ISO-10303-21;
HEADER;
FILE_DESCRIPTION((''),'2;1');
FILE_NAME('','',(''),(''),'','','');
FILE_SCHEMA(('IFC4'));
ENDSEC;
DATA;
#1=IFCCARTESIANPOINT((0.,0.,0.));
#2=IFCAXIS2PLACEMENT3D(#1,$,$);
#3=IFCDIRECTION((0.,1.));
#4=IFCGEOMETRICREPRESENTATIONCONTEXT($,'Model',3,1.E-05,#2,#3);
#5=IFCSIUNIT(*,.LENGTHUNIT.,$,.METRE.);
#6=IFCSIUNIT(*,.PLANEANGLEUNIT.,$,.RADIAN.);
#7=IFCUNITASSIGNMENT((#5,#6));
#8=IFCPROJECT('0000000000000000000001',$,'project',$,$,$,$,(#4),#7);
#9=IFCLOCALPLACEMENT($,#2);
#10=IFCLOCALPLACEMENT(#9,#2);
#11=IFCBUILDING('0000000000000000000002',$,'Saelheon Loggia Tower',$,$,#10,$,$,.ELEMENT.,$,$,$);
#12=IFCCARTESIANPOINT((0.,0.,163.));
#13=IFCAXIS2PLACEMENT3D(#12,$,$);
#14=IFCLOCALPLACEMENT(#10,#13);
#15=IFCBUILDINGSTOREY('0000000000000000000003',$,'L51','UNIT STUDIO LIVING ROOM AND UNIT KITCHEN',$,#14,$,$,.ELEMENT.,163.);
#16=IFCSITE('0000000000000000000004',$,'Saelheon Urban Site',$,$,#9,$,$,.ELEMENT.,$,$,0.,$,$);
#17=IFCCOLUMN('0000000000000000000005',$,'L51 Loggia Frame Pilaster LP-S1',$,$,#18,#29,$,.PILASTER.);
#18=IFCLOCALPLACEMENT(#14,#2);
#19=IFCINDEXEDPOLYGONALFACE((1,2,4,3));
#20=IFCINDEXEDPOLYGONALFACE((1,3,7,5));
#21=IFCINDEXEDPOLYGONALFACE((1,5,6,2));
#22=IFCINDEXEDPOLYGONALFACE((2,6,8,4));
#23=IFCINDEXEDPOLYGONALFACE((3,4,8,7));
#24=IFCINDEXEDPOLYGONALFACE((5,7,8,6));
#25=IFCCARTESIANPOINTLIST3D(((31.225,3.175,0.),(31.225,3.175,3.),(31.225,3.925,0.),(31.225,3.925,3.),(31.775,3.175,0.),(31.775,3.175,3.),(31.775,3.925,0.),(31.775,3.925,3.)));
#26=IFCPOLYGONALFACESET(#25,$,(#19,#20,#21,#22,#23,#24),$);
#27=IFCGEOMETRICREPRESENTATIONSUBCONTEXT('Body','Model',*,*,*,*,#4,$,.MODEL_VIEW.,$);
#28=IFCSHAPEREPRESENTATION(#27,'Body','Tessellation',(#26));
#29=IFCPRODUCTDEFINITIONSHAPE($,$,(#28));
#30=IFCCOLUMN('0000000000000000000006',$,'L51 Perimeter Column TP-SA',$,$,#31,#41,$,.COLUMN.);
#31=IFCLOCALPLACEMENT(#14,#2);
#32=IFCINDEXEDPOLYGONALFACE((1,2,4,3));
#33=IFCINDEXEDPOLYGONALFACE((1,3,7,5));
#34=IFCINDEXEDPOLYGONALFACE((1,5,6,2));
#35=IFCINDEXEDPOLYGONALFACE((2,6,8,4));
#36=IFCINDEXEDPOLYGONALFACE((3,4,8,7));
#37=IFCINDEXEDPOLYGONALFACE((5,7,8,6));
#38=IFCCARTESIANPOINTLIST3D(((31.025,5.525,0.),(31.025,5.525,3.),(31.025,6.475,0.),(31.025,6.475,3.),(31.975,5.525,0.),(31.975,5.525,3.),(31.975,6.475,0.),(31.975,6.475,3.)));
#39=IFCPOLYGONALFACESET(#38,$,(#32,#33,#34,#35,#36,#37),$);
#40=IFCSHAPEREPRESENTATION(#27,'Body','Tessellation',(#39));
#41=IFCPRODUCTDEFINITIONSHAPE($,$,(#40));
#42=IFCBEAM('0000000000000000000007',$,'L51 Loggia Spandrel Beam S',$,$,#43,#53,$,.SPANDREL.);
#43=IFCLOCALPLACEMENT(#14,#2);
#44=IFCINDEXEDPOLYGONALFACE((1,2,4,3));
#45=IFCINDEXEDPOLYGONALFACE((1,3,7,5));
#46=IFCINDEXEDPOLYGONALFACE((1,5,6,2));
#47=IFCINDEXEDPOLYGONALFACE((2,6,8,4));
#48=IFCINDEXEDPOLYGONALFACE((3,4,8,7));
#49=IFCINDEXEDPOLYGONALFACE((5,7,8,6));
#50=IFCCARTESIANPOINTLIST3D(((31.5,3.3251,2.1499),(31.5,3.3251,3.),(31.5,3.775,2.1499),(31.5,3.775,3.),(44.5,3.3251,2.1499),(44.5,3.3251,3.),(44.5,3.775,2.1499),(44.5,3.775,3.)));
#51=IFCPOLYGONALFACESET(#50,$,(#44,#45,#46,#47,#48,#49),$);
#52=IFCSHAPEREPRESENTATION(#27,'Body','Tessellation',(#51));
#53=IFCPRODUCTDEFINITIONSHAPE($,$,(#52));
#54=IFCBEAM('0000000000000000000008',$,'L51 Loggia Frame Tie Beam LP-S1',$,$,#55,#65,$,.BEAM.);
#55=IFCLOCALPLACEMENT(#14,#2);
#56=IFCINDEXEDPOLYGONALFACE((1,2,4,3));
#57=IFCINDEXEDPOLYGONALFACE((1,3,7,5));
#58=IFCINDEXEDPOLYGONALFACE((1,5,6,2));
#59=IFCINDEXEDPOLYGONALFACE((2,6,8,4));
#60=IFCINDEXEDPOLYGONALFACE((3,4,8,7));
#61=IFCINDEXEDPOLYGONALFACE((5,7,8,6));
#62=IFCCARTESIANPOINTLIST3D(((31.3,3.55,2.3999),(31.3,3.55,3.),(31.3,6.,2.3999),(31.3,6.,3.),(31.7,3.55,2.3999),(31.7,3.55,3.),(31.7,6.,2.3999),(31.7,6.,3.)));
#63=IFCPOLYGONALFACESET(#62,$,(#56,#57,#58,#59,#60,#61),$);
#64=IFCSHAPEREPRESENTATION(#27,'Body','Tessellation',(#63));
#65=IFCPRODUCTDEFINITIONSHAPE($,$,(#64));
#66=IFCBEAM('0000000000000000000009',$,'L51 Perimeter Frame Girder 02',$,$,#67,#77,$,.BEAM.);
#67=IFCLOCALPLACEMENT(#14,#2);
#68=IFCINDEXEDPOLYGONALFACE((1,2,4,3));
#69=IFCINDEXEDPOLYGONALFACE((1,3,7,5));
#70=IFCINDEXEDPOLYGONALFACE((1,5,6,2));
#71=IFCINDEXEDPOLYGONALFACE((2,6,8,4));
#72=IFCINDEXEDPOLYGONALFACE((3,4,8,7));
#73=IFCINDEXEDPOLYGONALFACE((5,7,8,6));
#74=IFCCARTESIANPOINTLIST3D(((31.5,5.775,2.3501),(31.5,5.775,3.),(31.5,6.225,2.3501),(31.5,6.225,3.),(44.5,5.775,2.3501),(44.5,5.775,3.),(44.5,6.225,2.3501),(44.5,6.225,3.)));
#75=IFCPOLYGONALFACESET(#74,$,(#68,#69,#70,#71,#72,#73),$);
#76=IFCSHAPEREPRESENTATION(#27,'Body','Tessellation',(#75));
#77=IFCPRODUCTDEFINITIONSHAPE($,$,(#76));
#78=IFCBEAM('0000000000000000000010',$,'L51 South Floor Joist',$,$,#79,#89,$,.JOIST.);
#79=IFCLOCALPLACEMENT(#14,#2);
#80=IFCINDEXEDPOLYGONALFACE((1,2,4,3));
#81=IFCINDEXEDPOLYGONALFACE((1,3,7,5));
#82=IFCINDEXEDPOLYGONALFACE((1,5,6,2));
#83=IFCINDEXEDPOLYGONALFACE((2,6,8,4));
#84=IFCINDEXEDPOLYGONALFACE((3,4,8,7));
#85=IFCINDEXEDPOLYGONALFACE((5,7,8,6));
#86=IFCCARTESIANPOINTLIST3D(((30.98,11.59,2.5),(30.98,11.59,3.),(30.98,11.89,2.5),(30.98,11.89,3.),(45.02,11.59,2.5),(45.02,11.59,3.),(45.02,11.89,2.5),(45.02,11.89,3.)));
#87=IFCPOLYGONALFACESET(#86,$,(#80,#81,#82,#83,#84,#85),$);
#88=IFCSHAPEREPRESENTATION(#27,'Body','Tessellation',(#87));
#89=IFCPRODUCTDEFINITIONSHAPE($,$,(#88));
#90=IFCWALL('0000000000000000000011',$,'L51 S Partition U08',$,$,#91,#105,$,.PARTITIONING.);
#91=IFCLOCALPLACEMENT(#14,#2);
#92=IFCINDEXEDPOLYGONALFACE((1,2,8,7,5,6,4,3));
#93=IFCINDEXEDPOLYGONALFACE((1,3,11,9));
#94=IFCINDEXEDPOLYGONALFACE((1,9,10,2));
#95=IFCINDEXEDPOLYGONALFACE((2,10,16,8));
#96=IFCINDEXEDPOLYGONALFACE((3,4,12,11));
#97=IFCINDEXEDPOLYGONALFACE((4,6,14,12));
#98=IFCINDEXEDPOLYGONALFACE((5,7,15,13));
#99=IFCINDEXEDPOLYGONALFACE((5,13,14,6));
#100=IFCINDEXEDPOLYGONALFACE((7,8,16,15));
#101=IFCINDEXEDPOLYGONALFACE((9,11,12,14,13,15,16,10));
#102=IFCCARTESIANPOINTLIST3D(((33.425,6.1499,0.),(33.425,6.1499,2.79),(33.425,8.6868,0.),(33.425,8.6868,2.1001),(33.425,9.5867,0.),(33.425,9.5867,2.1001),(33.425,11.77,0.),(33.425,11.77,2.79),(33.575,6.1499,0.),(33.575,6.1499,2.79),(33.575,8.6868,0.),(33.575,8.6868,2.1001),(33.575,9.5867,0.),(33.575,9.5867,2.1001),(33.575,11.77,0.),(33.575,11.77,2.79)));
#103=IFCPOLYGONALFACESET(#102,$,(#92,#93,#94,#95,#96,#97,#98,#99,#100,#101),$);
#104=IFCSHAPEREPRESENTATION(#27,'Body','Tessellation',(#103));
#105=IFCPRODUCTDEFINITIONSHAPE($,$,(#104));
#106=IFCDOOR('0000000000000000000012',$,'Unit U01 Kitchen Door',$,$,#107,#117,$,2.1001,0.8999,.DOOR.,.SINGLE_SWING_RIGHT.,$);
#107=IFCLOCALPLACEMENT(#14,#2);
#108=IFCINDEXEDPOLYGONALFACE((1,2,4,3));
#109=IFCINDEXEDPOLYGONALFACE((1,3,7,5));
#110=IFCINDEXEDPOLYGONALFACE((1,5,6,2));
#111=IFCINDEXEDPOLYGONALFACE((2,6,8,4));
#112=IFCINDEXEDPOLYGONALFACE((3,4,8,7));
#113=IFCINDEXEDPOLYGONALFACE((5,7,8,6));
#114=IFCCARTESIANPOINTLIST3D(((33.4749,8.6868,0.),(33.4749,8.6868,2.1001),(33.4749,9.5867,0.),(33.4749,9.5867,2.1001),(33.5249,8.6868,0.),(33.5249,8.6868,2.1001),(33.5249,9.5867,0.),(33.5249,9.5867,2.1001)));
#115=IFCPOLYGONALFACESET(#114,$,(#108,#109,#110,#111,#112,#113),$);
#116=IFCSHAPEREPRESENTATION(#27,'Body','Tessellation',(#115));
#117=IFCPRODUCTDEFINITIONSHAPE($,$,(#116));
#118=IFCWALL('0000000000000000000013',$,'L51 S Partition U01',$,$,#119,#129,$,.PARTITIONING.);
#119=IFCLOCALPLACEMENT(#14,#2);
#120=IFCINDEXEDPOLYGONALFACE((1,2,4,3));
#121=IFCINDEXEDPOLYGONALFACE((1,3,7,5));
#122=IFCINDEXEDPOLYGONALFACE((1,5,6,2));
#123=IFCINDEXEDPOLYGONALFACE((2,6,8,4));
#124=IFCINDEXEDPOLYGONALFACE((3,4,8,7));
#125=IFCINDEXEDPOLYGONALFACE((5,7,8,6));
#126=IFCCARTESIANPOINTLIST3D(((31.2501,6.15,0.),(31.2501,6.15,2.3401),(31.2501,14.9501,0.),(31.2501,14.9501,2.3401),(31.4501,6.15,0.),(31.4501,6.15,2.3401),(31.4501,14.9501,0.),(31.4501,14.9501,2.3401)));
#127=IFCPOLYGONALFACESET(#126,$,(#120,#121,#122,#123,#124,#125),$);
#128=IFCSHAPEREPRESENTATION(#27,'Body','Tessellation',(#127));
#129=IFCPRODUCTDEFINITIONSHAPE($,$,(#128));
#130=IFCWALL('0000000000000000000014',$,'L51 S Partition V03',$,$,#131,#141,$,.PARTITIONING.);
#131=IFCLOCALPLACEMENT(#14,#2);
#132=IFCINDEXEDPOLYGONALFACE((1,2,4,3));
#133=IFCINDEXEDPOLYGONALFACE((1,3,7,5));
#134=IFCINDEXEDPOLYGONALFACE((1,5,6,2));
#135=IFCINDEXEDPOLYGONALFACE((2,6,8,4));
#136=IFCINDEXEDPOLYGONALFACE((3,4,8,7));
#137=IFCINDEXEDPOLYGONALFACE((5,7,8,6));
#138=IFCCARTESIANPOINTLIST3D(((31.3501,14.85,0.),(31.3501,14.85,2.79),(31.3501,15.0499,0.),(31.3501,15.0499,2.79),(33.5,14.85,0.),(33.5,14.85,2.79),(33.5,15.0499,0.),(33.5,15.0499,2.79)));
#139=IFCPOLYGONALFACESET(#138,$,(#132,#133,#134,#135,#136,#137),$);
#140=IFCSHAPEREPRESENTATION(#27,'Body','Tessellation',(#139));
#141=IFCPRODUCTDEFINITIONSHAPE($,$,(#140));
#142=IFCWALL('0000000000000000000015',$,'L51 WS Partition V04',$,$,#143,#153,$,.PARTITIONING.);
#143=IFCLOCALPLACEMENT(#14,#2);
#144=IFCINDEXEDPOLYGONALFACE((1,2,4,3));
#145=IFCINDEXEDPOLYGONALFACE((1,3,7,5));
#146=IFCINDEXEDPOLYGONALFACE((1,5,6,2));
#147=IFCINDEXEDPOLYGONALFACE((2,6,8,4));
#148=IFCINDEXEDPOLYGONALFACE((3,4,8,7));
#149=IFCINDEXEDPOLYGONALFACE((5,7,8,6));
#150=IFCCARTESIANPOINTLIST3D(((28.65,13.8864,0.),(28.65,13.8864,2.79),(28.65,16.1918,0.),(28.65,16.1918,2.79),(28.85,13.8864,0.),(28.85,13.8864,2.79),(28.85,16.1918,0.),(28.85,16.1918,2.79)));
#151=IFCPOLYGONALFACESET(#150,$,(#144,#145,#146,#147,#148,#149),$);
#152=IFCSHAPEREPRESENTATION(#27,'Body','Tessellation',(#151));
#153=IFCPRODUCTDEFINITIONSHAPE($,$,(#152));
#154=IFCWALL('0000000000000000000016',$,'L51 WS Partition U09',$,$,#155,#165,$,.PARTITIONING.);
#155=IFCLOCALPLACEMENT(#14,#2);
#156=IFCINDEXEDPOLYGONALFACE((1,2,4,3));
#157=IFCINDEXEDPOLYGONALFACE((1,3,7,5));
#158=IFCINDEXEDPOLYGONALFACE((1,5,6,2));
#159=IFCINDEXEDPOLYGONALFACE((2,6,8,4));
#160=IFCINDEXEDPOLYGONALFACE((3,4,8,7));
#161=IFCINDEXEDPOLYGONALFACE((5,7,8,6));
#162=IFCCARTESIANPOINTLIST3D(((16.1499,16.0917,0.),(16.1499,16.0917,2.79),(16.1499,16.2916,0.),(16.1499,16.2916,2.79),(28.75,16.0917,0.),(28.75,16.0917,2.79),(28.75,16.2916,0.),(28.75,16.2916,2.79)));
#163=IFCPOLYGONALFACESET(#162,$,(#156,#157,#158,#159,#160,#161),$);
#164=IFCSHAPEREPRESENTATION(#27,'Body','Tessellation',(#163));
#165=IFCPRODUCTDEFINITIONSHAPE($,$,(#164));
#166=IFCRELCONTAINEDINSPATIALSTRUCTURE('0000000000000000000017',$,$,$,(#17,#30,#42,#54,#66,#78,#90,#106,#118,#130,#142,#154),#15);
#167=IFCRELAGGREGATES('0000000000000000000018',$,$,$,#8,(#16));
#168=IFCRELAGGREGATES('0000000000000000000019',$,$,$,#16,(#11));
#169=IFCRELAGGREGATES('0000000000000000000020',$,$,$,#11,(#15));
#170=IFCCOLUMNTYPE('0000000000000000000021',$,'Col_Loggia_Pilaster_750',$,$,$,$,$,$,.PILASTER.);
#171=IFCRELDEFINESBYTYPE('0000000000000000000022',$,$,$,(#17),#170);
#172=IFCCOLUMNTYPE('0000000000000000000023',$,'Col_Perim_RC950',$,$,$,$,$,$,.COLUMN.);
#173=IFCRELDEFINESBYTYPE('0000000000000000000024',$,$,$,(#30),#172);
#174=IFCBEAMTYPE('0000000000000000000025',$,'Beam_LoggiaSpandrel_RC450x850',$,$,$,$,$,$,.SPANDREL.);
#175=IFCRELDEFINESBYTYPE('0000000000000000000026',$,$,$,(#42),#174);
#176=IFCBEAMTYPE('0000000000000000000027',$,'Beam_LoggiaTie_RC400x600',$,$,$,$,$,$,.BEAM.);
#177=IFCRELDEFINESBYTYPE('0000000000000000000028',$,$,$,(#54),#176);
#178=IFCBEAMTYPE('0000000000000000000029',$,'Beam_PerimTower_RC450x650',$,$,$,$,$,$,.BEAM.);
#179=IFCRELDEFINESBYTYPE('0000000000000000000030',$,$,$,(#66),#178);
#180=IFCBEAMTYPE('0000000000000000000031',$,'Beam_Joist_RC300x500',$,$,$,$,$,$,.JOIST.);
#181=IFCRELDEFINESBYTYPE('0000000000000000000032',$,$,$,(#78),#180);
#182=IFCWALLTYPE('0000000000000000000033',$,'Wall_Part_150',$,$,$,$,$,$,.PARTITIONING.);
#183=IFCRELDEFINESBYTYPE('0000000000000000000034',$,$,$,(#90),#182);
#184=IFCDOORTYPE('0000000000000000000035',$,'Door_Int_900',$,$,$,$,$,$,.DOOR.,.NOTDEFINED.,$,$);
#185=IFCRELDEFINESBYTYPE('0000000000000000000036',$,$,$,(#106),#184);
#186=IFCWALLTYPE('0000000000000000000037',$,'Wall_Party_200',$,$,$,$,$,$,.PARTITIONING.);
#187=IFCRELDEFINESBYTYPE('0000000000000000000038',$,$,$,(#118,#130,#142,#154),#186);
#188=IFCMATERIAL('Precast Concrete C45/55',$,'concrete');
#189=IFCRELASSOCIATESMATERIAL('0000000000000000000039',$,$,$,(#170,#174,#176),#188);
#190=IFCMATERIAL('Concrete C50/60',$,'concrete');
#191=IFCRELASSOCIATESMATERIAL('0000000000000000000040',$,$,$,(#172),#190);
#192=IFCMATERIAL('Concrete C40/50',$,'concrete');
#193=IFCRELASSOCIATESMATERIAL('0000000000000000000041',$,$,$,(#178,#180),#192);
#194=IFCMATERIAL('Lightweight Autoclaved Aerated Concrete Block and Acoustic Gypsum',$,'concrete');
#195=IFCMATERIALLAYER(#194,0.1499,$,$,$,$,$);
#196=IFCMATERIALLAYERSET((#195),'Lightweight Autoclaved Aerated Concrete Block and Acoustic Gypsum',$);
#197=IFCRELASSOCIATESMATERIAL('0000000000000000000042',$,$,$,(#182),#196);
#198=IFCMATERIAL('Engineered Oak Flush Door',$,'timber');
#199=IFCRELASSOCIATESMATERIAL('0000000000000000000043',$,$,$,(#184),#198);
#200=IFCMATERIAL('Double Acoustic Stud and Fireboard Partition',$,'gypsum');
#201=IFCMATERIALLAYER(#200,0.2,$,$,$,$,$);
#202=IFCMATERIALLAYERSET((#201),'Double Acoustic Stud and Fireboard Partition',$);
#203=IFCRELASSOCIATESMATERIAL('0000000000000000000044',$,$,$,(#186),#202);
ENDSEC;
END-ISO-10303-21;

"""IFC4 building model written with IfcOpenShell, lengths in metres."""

from ifc_helpers import new_model, si_unit, direction, frame, frame_2d, origin, origin_2d, place, context, subcontext, project, spatial, rectangle, extrude, source, transform, mapped, material, layer, layer_set, material_profile, profile_set, type_object, element, fill, save


model = new_model("IFC4")

# Units and contexts
model_context = context("Model", 3, precision=1e-05, world=origin(), true_north=direction((0.0, 1.0)))
body_context = subcontext(model_context, "Body", "Model", "MODEL_VIEW")
ifc_project = project(units=[si_unit("LENGTHUNIT", "METRE"), si_unit("PLANEANGLEUNIT", "RADIAN")], contexts=[model_context])

# Site, building, storey
site_placement = place(None, origin())
site = spatial("IfcSite", under=ifc_project, at=site_placement, Name="Saelheon Urban Site", CompositionType="ELEMENT", RefElevation=0.0)
building_placement = place(site_placement, origin())
building = spatial("IfcBuilding", under=site, at=building_placement, Name="Saelheon Loggia Tower", CompositionType="ELEMENT")
storey_placement = place(building_placement, frame((0.0, 0.0, 163.0)))
storey = spatial("IfcBuildingStorey", under=building, at=storey_placement, Name="L51", Description="UNIT STUDIO LIVING ROOM AND UNIT KITCHEN", CompositionType="ELEMENT", Elevation=163.0)

# Columns
ifc_material_1 = material(Name="Precast Concrete C45/55", Category="concrete")
ifc_material_profile_1 = material_profile(ifc_material_1, rectangle(XDim=0.55, YDim=0.75, at=origin_2d()), Name="RC-550x750")
ifc_profile_set_1 = profile_set([ifc_material_profile_1], Name="Precast Concrete C45/55")
column_type_1 = type_object("IfcColumnType", Name="Col_Loggia_Pilaster_750", PredefinedType="PILASTER", material=ifc_profile_set_1)
shared_shape_1 = source(origin(), body_context, "Body", "SweptSolid", [
    extrude(rectangle(XDim=0.55, YDim=0.75, at=origin_2d()), origin(), (0.0, 0.0, 1.0), 3.0),
])
column_1_placement = place(storey_placement, frame((31.5, 3.55, 0.0), z_axis=(0.0, 0.0, 1.0), x_axis=(1.0, 0.0, 0.0)))
element("IfcColumn", 1, at=column_1_placement, inside=storey, type_object=column_type_1, Name="L51 Loggia Frame Pilaster LP-S1", PredefinedType="PILASTER", context=body_context, shape_type="MappedRepresentation", body=[
    mapped(shared_shape_1, transform((0.0, 0.0, 0.0), scale=1.0)),
])
ifc_material_2 = material(Name="Concrete C50/60", Category="concrete")
ifc_material_profile_2 = material_profile(ifc_material_2, rectangle(XDim=0.95, YDim=0.95, at=origin_2d()), Name="RC-950x950")
ifc_profile_set_2 = profile_set([ifc_material_profile_2], Name="Concrete C50/60")
column_type_2 = type_object("IfcColumnType", Name="Col_Perim_RC950", PredefinedType="COLUMN", material=ifc_profile_set_2)
shared_shape_2 = source(origin(), body_context, "Body", "SweptSolid", [
    extrude(rectangle(XDim=0.95, YDim=0.95, at=origin_2d()), origin(), (0.0, 0.0, 1.0), 3.0),
])
column_2_placement = place(storey_placement, frame((31.5, 6.0, 0.0), z_axis=(0.0, 0.0, 1.0), x_axis=(1.0, 0.0, 0.0)))
element("IfcColumn", 2, at=column_2_placement, inside=storey, type_object=column_type_2, Name="L51 Perimeter Column TP-SA", PredefinedType="COLUMN", context=body_context, shape_type="MappedRepresentation", body=[
    mapped(shared_shape_2, transform((0.0, 0.0, 0.0), scale=1.0)),
])

# Beams
ifc_material_profile_3 = material_profile(ifc_material_1, rectangle(XDim=0.45, YDim=0.8501, at=origin_2d()), Name="RC-450x850")
ifc_profile_set_3 = profile_set([ifc_material_profile_3], Name="Precast Concrete C45/55")
beam_type_1 = type_object("IfcBeamType", Name="Beam_LoggiaSpandrel_RC450x850", PredefinedType="SPANDREL", material=ifc_profile_set_3)
shared_shape_3 = source(origin(), body_context, "Body", "SweptSolid", [
    extrude(rectangle(XDim=0.45, YDim=0.8501, at=origin_2d()), origin(), (0.0, 0.0, 1.0), 13.0),
])
beam_1_placement = place(storey_placement, frame((31.5, 3.55, 2.575), z_axis=(1.0, 0.0, 0.0), x_axis=(0.0, 1.0, 0.0)))
element("IfcBeam", 3, at=beam_1_placement, inside=storey, type_object=beam_type_1, Name="L51 Loggia Spandrel Beam S", PredefinedType="SPANDREL", context=body_context, shape_type="MappedRepresentation", body=[
    mapped(shared_shape_3, transform((0.0, 0.0, 0.0), scale=1.0)),
])
ifc_material_profile_4 = material_profile(ifc_material_1, rectangle(XDim=0.3999, YDim=0.6001, at=origin_2d()), Name="RC-400x600")
ifc_profile_set_4 = profile_set([ifc_material_profile_4], Name="Precast Concrete C45/55")
beam_type_2 = type_object("IfcBeamType", Name="Beam_LoggiaTie_RC400x600", PredefinedType="BEAM", material=ifc_profile_set_4)
shared_shape_4 = source(origin(), body_context, "Body", "SweptSolid", [
    extrude(rectangle(XDim=0.3999, YDim=0.6001, at=origin_2d()), origin(), (0.0, 0.0, 1.0), 2.45),
])
beam_2_placement = place(storey_placement, frame((31.5, 6.0, 2.7), z_axis=(0.0, -1.0, 0.0), x_axis=(1.0, 0.0, 0.0)))
element("IfcBeam", 4, at=beam_2_placement, inside=storey, type_object=beam_type_2, Name="L51 Loggia Frame Tie Beam LP-S1", PredefinedType="BEAM", context=body_context, shape_type="MappedRepresentation", body=[
    mapped(shared_shape_4, transform((0.0, 0.0, 0.0), scale=1.0)),
])
ifc_material_3 = material(Name="Concrete C40/50", Category="concrete")
ifc_material_profile_5 = material_profile(ifc_material_3, rectangle(XDim=0.45, YDim=0.6499, at=origin_2d()), Name="RC-450x650")
ifc_profile_set_5 = profile_set([ifc_material_profile_5], Name="Concrete C40/50")
beam_type_3 = type_object("IfcBeamType", Name="Beam_PerimTower_RC450x650", PredefinedType="BEAM", material=ifc_profile_set_5)
shared_shape_5 = source(origin(), body_context, "Body", "SweptSolid", [
    extrude(rectangle(XDim=0.45, YDim=0.6499, at=origin_2d()), origin(), (0.0, 0.0, 1.0), 13.0),
])
beam_3_placement = place(storey_placement, frame((31.5, 6.0, 2.675), z_axis=(1.0, 0.0, 0.0), x_axis=(0.0, 1.0, 0.0)))
element("IfcBeam", 5, at=beam_3_placement, inside=storey, type_object=beam_type_3, Name="L51 Perimeter Frame Girder 02", PredefinedType="BEAM", context=body_context, shape_type="MappedRepresentation", body=[
    mapped(shared_shape_5, transform((0.0, 0.0, 0.0), scale=1.0)),
])
ifc_material_profile_6 = material_profile(ifc_material_3, rectangle(XDim=0.3, YDim=0.5, at=origin_2d()), Name="RC-300x500")
ifc_profile_set_6 = profile_set([ifc_material_profile_6], Name="Concrete C40/50")
beam_type_4 = type_object("IfcBeamType", Name="Beam_Joist_RC300x500", PredefinedType="JOIST", material=ifc_profile_set_6)
shared_shape_6 = source(origin(), body_context, "Body", "SweptSolid", [
    extrude(rectangle(XDim=0.3, YDim=0.5, at=origin_2d()), origin(), (0.0, 0.0, 1.0), 14.04),
])
beam_4_placement = place(storey_placement, frame((30.98, 11.74, 2.75), z_axis=(1.0, 0.0, 0.0), x_axis=(0.0, 1.0, 0.0)))
element("IfcBeam", 6, at=beam_4_placement, inside=storey, type_object=beam_type_4, Name="L51 South Floor Joist", PredefinedType="JOIST", context=body_context, shape_type="MappedRepresentation", body=[
    mapped(shared_shape_6, transform((0.0, 0.0, 0.0), scale=1.0)),
])

# Wall, opening, door
ifc_material_4 = material(Name="Lightweight Autoclaved Aerated Concrete Block and Acoustic Gypsum", Category="concrete")
ifc_layer_1 = layer(ifc_material_4, 0.1499)
ifc_layer_set_1 = layer_set([ifc_layer_1], Name="Lightweight Autoclaved Aerated Concrete Block and Acoustic Gypsum")
wall_type_1 = type_object("IfcWallType", Name="Wall_Part_150", PredefinedType="PARTITIONING", material=ifc_layer_set_1)
wall_1_placement = place(storey_placement, frame((33.5, 11.77, 0.0), z_axis=(0.0, 0.0, 1.0), x_axis=(0.0, -1.0, 0.0)))
wall_1 = element("IfcWall", 7, at=wall_1_placement, inside=storey, type_object=wall_type_1, Name="L51 S Partition U08", PredefinedType="PARTITIONING", context=body_context, shape_type="SweptSolid", body=[
    extrude(rectangle(XDim=5.6201, YDim=0.1499, at=frame_2d((2.8101, 0.0))), origin(), (0.0, 0.0, 1.0), 2.79),
])
opening_1_placement = place(wall_1_placement, frame((2.1833, 0.0, 0.0)))
opening_1 = element("IfcOpeningElement", 8, at=opening_1_placement, cuts=wall_1, PredefinedType="OPENING", context=body_context, shape_type="SweptSolid", body=[
    extrude(rectangle(XDim=0.8999, YDim=2.1001, at=frame_2d((0.45, 1.05))), frame((0.0, 0.0869, 0.0), z_axis=(0.0, -1.0, 0.0), x_axis=(1.0, 0.0, 0.0)), (0.0, 0.0, 1.0), 0.1738),
])
ifc_material_5 = material(Name="Engineered Oak Flush Door", Category="timber")
door_type_1 = type_object("IfcDoorType", Name="Door_Int_900", OperationType="NOTDEFINED", PredefinedType="DOOR", material=ifc_material_5)
shared_shape_7 = source(origin(), body_context, "Body", "SweptSolid", [
    extrude(rectangle(XDim=0.8999, YDim=2.1001, at=frame_2d((0.45, 1.05))), frame((0.0, 0.0249, 0.0), z_axis=(0.0, -1.0, 0.0), x_axis=(1.0, 0.0, 0.0)), (0.0, 0.0, 1.0), 0.05),
])
door_1_placement = place(opening_1_placement, origin())
door_1 = element("IfcDoor", 9, at=door_1_placement, inside=storey, type_object=door_type_1, Name="Unit U01 Kitchen Door", OperationType="SINGLE_SWING_RIGHT", OverallHeight=2.1001, OverallWidth=0.8999, PredefinedType="DOOR", context=body_context, shape_type="MappedRepresentation", body=[
    mapped(shared_shape_7, transform((0.0, 0.0, 0.0), scale=1.0)),
])
fill(opening_1, door_1)

# Walls
ifc_material_6 = material(Name="Double Acoustic Stud and Fireboard Partition", Category="gypsum")
ifc_layer_2 = layer(ifc_material_6, 0.2)
ifc_layer_set_2 = layer_set([ifc_layer_2], Name="Double Acoustic Stud and Fireboard Partition")
wall_type_2 = type_object("IfcWallType", Name="Wall_Party_200", PredefinedType="PARTITIONING", material=ifc_layer_set_2)
wall_2_placement = place(storey_placement, frame((31.3501, 14.95, 0.0), z_axis=(0.0, 0.0, 1.0), x_axis=(0.0, -1.0, 0.0)))
element("IfcWall", 10, at=wall_2_placement, inside=storey, type_object=wall_type_2, Name="L51 S Partition U01", PredefinedType="PARTITIONING", context=body_context, shape_type="SweptSolid", body=[
    extrude(rectangle(XDim=8.8, YDim=0.2, at=frame_2d((4.3999, 0.0))), origin(), (0.0, 0.0, 1.0), 2.3401),
])
wall_3_placement = place(storey_placement, frame((31.3501, 14.95, 0.0), z_axis=(0.0, 0.0, 1.0), x_axis=(1.0, 0.0, 0.0)))
element("IfcWall", 11, at=wall_3_placement, inside=storey, type_object=wall_type_2, Name="L51 S Partition V03", PredefinedType="PARTITIONING", context=body_context, shape_type="SweptSolid", body=[
    extrude(rectangle(XDim=2.1499, YDim=0.2, at=frame_2d((1.075, 0.0))), origin(), (0.0, 0.0, 1.0), 2.79),
])

# Walls
wall_4_placement = place(storey_placement, frame((28.75, 13.8862, 0.0), z_axis=(0.0, 0.0, 1.0), x_axis=(0.0, 1.0, 0.0)))
element("IfcWall", 12, at=wall_4_placement, inside=storey, type_object=wall_type_2, Name="L51 WS Partition V04", PredefinedType="PARTITIONING", context=body_context, shape_type="SweptSolid", body=[
    extrude(rectangle(XDim=2.3054, YDim=0.2, at=frame_2d((1.1528, 0.0))), origin(), (0.0, 0.0, 1.0), 2.79),
])
wall_5_placement = place(storey_placement, frame((28.75, 16.1917, 0.0), z_axis=(0.0, 0.0, 1.0), x_axis=(-1.0, 0.0, 0.0)))
element("IfcWall", 13, at=wall_5_placement, inside=storey, type_object=wall_type_2, Name="L51 WS Partition U09", PredefinedType="PARTITIONING", context=body_context, shape_type="SweptSolid", body=[
    extrude(rectangle(XDim=12.6001, YDim=0.2, at=frame_2d((6.3, 0.0))), origin(), (0.0, 0.0, 1.0), 2.79),
])

save(model, "model.ifc")
